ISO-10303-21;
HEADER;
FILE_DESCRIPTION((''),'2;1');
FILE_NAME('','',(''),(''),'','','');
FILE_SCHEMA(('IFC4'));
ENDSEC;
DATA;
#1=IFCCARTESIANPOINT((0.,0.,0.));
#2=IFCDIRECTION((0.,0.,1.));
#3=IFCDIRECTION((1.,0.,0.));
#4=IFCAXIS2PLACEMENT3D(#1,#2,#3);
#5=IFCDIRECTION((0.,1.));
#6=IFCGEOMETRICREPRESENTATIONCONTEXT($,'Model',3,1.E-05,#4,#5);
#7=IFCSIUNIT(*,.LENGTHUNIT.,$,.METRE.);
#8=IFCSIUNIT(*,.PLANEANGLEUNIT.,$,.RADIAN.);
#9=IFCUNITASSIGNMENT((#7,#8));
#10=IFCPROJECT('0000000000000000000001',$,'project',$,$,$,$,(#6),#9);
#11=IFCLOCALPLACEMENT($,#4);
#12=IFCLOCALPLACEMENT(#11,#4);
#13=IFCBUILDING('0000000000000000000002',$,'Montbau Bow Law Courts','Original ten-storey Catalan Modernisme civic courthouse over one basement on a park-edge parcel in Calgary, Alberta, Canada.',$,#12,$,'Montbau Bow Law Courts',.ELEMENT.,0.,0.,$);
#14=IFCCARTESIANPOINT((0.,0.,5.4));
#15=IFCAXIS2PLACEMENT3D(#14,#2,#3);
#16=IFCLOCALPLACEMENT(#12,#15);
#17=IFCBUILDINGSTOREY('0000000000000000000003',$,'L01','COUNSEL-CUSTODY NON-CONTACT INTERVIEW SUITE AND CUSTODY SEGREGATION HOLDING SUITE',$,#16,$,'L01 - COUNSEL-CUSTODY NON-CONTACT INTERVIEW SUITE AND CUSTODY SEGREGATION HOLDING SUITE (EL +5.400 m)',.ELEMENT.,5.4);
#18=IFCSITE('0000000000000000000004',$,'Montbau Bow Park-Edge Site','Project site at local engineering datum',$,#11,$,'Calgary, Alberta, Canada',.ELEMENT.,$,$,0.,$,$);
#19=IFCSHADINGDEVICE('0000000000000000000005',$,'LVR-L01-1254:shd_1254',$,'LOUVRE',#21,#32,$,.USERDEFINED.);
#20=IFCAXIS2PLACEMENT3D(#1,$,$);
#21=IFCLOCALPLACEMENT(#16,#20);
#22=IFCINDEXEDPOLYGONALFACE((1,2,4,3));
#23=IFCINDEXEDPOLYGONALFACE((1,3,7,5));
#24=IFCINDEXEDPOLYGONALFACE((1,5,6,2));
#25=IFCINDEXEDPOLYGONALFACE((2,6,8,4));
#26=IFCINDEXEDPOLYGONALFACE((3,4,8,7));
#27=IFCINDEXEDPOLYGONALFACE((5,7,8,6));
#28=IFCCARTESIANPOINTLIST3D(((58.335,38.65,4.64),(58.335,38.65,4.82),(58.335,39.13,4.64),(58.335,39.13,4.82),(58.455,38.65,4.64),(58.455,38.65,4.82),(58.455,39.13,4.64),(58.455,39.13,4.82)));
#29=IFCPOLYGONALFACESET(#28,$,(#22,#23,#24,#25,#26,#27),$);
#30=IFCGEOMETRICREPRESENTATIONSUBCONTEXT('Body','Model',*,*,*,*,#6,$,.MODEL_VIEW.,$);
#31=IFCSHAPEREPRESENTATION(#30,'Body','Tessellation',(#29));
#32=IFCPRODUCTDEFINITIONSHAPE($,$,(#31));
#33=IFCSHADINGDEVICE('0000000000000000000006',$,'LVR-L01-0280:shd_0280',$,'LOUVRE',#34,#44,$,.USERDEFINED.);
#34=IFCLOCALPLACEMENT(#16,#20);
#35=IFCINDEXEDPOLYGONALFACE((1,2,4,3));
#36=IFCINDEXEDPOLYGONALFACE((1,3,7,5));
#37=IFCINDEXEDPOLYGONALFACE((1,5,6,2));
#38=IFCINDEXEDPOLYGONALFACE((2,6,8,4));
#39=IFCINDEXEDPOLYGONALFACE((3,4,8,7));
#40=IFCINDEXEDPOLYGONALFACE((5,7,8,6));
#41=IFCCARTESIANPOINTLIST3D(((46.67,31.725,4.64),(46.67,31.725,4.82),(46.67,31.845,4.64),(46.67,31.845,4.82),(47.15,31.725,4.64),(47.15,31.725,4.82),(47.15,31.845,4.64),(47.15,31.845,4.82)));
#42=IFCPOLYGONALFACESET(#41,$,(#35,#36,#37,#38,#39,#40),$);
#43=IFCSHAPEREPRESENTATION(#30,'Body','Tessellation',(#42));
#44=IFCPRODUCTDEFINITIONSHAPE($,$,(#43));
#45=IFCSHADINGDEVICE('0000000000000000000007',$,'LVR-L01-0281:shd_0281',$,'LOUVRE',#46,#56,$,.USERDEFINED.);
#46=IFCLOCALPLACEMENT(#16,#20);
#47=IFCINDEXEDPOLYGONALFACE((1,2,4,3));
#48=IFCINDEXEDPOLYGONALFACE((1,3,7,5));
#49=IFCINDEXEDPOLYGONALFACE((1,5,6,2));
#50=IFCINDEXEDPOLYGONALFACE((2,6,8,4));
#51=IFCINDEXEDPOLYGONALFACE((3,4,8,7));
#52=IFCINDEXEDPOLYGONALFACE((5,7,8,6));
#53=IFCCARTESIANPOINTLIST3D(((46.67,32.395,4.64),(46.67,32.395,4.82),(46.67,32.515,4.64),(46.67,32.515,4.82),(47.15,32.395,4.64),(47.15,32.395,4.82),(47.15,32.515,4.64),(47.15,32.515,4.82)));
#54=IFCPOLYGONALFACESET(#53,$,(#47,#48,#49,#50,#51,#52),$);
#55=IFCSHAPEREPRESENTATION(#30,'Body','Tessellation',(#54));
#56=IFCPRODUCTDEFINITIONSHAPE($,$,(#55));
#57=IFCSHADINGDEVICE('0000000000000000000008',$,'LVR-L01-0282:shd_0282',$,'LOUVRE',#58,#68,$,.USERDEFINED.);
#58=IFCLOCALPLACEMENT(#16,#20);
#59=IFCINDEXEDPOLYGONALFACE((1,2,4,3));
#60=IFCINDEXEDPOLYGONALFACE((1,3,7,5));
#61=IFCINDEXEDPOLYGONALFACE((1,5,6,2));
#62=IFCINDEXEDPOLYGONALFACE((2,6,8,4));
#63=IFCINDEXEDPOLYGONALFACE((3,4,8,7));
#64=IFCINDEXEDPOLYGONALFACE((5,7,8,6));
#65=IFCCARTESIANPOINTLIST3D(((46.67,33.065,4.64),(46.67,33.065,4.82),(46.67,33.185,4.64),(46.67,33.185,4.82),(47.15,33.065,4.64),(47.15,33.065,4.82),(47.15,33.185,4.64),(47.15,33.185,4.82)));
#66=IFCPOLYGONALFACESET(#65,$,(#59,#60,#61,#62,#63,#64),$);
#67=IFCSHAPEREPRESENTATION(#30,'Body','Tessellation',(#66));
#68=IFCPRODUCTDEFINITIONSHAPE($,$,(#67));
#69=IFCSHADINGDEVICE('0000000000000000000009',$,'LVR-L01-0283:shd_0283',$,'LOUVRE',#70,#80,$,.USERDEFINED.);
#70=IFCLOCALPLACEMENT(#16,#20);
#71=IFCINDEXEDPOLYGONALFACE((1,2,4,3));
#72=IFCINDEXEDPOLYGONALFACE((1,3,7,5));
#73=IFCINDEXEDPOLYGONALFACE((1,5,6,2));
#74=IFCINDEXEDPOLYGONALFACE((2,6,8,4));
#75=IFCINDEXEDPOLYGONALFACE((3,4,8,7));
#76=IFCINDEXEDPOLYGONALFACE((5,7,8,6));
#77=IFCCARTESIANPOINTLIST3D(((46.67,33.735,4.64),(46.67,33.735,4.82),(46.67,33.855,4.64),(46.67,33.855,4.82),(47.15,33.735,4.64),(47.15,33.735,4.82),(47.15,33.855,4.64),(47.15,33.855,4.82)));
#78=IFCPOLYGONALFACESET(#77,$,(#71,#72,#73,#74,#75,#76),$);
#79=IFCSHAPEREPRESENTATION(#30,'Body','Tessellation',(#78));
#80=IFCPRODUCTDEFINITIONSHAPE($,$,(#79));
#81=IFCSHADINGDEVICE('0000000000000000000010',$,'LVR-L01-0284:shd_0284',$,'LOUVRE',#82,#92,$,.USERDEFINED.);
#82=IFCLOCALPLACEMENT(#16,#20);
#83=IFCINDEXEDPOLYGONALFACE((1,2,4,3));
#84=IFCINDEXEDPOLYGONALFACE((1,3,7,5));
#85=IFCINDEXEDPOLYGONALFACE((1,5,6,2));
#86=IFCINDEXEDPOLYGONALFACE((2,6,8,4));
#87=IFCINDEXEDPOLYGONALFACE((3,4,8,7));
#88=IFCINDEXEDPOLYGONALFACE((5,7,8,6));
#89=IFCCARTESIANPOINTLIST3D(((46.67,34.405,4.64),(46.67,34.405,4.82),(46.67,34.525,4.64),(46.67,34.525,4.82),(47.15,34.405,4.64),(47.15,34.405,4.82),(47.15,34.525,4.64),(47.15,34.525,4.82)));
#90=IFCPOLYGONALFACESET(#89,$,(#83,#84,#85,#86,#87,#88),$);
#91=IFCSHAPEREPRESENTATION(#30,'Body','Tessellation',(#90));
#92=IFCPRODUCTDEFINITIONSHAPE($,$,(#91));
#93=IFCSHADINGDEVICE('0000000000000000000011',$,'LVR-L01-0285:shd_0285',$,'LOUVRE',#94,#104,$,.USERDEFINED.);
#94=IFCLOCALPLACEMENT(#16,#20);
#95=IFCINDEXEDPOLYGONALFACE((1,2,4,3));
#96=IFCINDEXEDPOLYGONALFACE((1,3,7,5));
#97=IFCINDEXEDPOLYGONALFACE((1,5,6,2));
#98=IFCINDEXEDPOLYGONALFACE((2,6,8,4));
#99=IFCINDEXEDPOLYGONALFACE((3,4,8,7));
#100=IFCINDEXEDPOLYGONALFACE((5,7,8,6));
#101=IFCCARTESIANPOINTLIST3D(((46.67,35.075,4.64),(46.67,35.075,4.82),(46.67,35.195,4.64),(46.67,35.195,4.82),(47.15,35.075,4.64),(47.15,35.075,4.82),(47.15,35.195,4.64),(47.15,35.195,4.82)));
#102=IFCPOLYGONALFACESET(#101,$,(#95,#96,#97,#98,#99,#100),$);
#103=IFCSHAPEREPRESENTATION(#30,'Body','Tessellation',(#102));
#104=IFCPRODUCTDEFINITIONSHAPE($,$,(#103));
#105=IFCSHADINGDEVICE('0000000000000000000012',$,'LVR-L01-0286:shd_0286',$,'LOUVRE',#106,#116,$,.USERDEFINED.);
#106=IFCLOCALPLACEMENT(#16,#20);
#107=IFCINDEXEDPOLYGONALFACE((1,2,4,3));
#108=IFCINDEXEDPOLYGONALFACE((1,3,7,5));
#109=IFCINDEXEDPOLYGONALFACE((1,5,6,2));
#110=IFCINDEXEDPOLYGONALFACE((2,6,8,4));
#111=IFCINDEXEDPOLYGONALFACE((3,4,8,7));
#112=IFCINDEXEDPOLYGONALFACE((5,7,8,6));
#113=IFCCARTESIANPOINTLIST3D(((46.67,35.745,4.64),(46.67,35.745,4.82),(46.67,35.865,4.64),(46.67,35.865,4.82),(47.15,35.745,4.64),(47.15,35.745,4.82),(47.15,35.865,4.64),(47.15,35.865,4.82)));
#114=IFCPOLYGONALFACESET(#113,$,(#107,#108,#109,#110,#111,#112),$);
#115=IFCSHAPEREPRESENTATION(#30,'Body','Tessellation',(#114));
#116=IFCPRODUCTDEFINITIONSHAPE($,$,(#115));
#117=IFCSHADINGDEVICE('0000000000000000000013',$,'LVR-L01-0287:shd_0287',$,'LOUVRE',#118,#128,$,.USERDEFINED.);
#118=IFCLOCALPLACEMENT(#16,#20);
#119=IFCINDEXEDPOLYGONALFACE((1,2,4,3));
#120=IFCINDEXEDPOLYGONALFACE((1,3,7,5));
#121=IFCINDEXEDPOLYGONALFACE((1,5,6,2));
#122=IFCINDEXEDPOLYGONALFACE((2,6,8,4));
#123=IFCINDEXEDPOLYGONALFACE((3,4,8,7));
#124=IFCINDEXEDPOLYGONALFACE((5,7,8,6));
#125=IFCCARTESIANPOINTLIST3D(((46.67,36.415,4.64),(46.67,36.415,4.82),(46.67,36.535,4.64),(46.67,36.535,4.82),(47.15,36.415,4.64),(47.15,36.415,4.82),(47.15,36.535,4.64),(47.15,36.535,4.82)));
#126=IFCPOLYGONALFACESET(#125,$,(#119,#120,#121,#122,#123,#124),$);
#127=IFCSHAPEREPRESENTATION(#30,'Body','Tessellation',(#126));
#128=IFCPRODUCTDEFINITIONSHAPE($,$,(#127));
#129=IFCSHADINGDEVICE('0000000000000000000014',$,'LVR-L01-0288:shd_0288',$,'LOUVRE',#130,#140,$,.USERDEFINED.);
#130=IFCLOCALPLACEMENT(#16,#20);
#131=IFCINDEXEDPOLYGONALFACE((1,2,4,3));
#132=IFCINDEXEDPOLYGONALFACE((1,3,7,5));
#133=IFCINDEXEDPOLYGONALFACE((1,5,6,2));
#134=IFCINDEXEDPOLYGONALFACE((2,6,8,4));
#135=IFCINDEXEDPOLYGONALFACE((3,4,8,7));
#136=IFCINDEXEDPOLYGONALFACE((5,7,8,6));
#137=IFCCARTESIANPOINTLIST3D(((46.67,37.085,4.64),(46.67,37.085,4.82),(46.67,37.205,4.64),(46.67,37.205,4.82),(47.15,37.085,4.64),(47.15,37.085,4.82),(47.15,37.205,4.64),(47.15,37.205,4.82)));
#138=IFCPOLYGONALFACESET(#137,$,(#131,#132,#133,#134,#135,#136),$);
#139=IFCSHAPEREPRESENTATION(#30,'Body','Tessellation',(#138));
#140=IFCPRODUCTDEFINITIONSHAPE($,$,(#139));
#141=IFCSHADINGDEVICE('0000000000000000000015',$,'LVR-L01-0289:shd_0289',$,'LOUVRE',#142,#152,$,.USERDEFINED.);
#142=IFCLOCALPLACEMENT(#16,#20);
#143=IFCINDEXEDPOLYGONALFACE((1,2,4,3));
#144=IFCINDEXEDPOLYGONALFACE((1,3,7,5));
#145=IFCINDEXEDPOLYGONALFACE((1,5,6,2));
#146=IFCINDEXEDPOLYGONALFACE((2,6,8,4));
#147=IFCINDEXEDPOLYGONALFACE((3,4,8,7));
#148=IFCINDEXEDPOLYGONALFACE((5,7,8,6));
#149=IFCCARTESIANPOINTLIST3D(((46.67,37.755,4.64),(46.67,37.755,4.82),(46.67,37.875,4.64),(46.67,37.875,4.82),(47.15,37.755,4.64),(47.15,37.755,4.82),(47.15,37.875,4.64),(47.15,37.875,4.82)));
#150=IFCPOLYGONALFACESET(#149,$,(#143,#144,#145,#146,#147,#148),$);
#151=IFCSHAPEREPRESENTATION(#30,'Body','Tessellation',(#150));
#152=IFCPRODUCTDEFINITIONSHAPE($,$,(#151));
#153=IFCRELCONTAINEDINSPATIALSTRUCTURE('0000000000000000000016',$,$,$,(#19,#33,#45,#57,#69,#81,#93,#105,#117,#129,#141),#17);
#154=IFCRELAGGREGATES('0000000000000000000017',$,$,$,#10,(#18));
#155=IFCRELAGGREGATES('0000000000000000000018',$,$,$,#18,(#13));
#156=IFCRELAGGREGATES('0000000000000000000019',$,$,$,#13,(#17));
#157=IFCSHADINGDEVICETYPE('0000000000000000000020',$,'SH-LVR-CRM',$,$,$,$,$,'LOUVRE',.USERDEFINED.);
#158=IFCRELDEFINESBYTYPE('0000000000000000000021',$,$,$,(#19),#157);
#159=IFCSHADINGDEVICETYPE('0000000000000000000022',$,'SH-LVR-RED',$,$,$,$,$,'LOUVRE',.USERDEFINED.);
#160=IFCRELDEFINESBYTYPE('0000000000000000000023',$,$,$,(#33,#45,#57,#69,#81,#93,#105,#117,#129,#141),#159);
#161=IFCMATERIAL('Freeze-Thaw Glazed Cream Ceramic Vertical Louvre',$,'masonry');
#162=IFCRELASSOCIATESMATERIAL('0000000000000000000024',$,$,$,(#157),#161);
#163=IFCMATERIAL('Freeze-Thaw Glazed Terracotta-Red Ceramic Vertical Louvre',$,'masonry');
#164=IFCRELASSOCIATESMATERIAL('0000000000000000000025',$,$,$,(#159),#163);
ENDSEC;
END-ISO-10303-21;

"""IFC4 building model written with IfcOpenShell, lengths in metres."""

from ifc_helpers import new_model, si_unit, direction, frame, origin_with_axes, origin_2d_with_axis, place, context, subcontext, project, spatial, rectangle, extrude, material, type_object, element, save


model = new_model("IFC4")

# Units and contexts
model_context = context("Model", 3, precision=1e-05, world=origin_with_axes(), true_north=direction((0.0, 1.0)))
body_context = subcontext(model_context, "Body", "Model", "MODEL_VIEW")
ifc_project = project(units=[si_unit("LENGTHUNIT", "METRE"), si_unit("PLANEANGLEUNIT", "RADIAN")], contexts=[model_context])

# Site, building, storey
site_placement = place(None, origin_with_axes())
site = spatial("IfcSite", under=ifc_project, at=site_placement, Name="Montbau Bow Park-Edge Site", Description="Project site at local engineering datum", LongName="Calgary, Alberta, Canada", CompositionType="ELEMENT", RefElevation=0.0)
building_placement = place(site_placement, origin_with_axes())
building = spatial("IfcBuilding", under=site, at=building_placement, Name="Montbau Bow Law Courts", Description="Original ten-storey Catalan Modernisme civic courthouse over one basement on a park-edge parcel in Calgary, Alberta, Canada.", LongName="Montbau Bow Law Courts", CompositionType="ELEMENT", ElevationOfRefHeight=0.0, ElevationOfTerrain=0.0)
storey_placement = place(building_placement, frame((0.0, 0.0, 5.4), z_axis=(0.0, 0.0, 1.0), x_axis=(1.0, 0.0, 0.0)))
storey = spatial("IfcBuildingStorey", under=building, at=storey_placement, Name="L01", Description="COUNSEL-CUSTODY NON-CONTACT INTERVIEW SUITE AND CUSTODY SEGREGATION HOLDING SUITE", LongName="L01 - COUNSEL-CUSTODY NON-CONTACT INTERVIEW SUITE AND CUSTODY SEGREGATION HOLDING SUITE (EL +5.400 m)", CompositionType="ELEMENT", Elevation=5.4)

# Shading devices
ifc_material_1 = material(Name="Freeze-Thaw Glazed Cream Ceramic Vertical Louvre", Category="masonry")
shading_device_type_1 = type_object("IfcShadingDeviceType", Name="SH-LVR-CRM", ElementType="LOUVRE", PredefinedType="USERDEFINED", material=ifc_material_1)
for number, where, z_axis, x_axis, name in (
    (1, (58.395, 38.89, 10.04), (0.0, 0.0, 1.0), (0.0, -1.0, 0.0), "LVR-L01-1254:shd_1254"),
):
    element("IfcShadingDevice", number, at=place(None, frame(where, z_axis=z_axis, x_axis=x_axis)), inside=storey, type_object=shading_device_type_1, Name=name, ObjectType="LOUVRE", PredefinedType="USERDEFINED", context=body_context, shape_type="SweptSolid", body=[
        extrude(rectangle(XDim=0.48, YDim=0.12, at=origin_2d_with_axis()), origin_with_axes(), (0.0, 0.0, 1.0), 0.18),
    ])
ifc_material_2 = material(Name="Freeze-Thaw Glazed Terracotta-Red Ceramic Vertical Louvre", Category="masonry")
shading_device_type_2 = type_object("IfcShadingDeviceType", Name="SH-LVR-RED", ElementType="LOUVRE", PredefinedType="USERDEFINED", material=ifc_material_2)
for number, where, z_axis, x_axis, name in (
    (2, (46.91, 31.785, 10.04), (0.0, 0.0, 1.0), (1.0, 0.0, 0.0), "LVR-L01-0280:shd_0280"),
    (3, (46.91, 32.455, 10.04), (0.0, 0.0, 1.0), (1.0, 0.0, 0.0), "LVR-L01-0281:shd_0281"),
    (4, (46.91, 33.125, 10.04), (0.0, 0.0, 1.0), (1.0, 0.0, 0.0), "LVR-L01-0282:shd_0282"),
    (5, (46.91, 33.795, 10.04), (0.0, 0.0, 1.0), (1.0, 0.0, 0.0), "LVR-L01-0283:shd_0283"),
    (6, (46.91, 34.465, 10.04), (0.0, 0.0, 1.0), (1.0, 0.0, 0.0), "LVR-L01-0284:shd_0284"),
    (7, (46.91, 35.135, 10.04), (0.0, 0.0, 1.0), (1.0, 0.0, 0.0), "LVR-L01-0285:shd_0285"),
    (8, (46.91, 35.805, 10.04), (0.0, 0.0, 1.0), (1.0, 0.0, 0.0), "LVR-L01-0286:shd_0286"),
    (9, (46.91, 36.475, 10.04), (0.0, 0.0, 1.0), (1.0, 0.0, 0.0), "LVR-L01-0287:shd_0287"),
    (10, (46.91, 37.145, 10.04), (0.0, 0.0, 1.0), (1.0, 0.0, 0.0), "LVR-L01-0288:shd_0288"),
    (11, (46.91, 37.815, 10.04), (0.0, 0.0, 1.0), (1.0, 0.0, 0.0), "LVR-L01-0289:shd_0289"),
):
    element("IfcShadingDevice", number, at=place(None, frame(where, z_axis=z_axis, x_axis=x_axis)), inside=storey, type_object=shading_device_type_2, Name=name, ObjectType="LOUVRE", PredefinedType="USERDEFINED", context=body_context, shape_type="SweptSolid", body=[
        extrude(rectangle(XDim=0.48, YDim=0.12, at=origin_2d_with_axis()), origin_with_axes(), (0.0, 0.0, 1.0), 0.18),
    ])

save(model, "model.ifc")
